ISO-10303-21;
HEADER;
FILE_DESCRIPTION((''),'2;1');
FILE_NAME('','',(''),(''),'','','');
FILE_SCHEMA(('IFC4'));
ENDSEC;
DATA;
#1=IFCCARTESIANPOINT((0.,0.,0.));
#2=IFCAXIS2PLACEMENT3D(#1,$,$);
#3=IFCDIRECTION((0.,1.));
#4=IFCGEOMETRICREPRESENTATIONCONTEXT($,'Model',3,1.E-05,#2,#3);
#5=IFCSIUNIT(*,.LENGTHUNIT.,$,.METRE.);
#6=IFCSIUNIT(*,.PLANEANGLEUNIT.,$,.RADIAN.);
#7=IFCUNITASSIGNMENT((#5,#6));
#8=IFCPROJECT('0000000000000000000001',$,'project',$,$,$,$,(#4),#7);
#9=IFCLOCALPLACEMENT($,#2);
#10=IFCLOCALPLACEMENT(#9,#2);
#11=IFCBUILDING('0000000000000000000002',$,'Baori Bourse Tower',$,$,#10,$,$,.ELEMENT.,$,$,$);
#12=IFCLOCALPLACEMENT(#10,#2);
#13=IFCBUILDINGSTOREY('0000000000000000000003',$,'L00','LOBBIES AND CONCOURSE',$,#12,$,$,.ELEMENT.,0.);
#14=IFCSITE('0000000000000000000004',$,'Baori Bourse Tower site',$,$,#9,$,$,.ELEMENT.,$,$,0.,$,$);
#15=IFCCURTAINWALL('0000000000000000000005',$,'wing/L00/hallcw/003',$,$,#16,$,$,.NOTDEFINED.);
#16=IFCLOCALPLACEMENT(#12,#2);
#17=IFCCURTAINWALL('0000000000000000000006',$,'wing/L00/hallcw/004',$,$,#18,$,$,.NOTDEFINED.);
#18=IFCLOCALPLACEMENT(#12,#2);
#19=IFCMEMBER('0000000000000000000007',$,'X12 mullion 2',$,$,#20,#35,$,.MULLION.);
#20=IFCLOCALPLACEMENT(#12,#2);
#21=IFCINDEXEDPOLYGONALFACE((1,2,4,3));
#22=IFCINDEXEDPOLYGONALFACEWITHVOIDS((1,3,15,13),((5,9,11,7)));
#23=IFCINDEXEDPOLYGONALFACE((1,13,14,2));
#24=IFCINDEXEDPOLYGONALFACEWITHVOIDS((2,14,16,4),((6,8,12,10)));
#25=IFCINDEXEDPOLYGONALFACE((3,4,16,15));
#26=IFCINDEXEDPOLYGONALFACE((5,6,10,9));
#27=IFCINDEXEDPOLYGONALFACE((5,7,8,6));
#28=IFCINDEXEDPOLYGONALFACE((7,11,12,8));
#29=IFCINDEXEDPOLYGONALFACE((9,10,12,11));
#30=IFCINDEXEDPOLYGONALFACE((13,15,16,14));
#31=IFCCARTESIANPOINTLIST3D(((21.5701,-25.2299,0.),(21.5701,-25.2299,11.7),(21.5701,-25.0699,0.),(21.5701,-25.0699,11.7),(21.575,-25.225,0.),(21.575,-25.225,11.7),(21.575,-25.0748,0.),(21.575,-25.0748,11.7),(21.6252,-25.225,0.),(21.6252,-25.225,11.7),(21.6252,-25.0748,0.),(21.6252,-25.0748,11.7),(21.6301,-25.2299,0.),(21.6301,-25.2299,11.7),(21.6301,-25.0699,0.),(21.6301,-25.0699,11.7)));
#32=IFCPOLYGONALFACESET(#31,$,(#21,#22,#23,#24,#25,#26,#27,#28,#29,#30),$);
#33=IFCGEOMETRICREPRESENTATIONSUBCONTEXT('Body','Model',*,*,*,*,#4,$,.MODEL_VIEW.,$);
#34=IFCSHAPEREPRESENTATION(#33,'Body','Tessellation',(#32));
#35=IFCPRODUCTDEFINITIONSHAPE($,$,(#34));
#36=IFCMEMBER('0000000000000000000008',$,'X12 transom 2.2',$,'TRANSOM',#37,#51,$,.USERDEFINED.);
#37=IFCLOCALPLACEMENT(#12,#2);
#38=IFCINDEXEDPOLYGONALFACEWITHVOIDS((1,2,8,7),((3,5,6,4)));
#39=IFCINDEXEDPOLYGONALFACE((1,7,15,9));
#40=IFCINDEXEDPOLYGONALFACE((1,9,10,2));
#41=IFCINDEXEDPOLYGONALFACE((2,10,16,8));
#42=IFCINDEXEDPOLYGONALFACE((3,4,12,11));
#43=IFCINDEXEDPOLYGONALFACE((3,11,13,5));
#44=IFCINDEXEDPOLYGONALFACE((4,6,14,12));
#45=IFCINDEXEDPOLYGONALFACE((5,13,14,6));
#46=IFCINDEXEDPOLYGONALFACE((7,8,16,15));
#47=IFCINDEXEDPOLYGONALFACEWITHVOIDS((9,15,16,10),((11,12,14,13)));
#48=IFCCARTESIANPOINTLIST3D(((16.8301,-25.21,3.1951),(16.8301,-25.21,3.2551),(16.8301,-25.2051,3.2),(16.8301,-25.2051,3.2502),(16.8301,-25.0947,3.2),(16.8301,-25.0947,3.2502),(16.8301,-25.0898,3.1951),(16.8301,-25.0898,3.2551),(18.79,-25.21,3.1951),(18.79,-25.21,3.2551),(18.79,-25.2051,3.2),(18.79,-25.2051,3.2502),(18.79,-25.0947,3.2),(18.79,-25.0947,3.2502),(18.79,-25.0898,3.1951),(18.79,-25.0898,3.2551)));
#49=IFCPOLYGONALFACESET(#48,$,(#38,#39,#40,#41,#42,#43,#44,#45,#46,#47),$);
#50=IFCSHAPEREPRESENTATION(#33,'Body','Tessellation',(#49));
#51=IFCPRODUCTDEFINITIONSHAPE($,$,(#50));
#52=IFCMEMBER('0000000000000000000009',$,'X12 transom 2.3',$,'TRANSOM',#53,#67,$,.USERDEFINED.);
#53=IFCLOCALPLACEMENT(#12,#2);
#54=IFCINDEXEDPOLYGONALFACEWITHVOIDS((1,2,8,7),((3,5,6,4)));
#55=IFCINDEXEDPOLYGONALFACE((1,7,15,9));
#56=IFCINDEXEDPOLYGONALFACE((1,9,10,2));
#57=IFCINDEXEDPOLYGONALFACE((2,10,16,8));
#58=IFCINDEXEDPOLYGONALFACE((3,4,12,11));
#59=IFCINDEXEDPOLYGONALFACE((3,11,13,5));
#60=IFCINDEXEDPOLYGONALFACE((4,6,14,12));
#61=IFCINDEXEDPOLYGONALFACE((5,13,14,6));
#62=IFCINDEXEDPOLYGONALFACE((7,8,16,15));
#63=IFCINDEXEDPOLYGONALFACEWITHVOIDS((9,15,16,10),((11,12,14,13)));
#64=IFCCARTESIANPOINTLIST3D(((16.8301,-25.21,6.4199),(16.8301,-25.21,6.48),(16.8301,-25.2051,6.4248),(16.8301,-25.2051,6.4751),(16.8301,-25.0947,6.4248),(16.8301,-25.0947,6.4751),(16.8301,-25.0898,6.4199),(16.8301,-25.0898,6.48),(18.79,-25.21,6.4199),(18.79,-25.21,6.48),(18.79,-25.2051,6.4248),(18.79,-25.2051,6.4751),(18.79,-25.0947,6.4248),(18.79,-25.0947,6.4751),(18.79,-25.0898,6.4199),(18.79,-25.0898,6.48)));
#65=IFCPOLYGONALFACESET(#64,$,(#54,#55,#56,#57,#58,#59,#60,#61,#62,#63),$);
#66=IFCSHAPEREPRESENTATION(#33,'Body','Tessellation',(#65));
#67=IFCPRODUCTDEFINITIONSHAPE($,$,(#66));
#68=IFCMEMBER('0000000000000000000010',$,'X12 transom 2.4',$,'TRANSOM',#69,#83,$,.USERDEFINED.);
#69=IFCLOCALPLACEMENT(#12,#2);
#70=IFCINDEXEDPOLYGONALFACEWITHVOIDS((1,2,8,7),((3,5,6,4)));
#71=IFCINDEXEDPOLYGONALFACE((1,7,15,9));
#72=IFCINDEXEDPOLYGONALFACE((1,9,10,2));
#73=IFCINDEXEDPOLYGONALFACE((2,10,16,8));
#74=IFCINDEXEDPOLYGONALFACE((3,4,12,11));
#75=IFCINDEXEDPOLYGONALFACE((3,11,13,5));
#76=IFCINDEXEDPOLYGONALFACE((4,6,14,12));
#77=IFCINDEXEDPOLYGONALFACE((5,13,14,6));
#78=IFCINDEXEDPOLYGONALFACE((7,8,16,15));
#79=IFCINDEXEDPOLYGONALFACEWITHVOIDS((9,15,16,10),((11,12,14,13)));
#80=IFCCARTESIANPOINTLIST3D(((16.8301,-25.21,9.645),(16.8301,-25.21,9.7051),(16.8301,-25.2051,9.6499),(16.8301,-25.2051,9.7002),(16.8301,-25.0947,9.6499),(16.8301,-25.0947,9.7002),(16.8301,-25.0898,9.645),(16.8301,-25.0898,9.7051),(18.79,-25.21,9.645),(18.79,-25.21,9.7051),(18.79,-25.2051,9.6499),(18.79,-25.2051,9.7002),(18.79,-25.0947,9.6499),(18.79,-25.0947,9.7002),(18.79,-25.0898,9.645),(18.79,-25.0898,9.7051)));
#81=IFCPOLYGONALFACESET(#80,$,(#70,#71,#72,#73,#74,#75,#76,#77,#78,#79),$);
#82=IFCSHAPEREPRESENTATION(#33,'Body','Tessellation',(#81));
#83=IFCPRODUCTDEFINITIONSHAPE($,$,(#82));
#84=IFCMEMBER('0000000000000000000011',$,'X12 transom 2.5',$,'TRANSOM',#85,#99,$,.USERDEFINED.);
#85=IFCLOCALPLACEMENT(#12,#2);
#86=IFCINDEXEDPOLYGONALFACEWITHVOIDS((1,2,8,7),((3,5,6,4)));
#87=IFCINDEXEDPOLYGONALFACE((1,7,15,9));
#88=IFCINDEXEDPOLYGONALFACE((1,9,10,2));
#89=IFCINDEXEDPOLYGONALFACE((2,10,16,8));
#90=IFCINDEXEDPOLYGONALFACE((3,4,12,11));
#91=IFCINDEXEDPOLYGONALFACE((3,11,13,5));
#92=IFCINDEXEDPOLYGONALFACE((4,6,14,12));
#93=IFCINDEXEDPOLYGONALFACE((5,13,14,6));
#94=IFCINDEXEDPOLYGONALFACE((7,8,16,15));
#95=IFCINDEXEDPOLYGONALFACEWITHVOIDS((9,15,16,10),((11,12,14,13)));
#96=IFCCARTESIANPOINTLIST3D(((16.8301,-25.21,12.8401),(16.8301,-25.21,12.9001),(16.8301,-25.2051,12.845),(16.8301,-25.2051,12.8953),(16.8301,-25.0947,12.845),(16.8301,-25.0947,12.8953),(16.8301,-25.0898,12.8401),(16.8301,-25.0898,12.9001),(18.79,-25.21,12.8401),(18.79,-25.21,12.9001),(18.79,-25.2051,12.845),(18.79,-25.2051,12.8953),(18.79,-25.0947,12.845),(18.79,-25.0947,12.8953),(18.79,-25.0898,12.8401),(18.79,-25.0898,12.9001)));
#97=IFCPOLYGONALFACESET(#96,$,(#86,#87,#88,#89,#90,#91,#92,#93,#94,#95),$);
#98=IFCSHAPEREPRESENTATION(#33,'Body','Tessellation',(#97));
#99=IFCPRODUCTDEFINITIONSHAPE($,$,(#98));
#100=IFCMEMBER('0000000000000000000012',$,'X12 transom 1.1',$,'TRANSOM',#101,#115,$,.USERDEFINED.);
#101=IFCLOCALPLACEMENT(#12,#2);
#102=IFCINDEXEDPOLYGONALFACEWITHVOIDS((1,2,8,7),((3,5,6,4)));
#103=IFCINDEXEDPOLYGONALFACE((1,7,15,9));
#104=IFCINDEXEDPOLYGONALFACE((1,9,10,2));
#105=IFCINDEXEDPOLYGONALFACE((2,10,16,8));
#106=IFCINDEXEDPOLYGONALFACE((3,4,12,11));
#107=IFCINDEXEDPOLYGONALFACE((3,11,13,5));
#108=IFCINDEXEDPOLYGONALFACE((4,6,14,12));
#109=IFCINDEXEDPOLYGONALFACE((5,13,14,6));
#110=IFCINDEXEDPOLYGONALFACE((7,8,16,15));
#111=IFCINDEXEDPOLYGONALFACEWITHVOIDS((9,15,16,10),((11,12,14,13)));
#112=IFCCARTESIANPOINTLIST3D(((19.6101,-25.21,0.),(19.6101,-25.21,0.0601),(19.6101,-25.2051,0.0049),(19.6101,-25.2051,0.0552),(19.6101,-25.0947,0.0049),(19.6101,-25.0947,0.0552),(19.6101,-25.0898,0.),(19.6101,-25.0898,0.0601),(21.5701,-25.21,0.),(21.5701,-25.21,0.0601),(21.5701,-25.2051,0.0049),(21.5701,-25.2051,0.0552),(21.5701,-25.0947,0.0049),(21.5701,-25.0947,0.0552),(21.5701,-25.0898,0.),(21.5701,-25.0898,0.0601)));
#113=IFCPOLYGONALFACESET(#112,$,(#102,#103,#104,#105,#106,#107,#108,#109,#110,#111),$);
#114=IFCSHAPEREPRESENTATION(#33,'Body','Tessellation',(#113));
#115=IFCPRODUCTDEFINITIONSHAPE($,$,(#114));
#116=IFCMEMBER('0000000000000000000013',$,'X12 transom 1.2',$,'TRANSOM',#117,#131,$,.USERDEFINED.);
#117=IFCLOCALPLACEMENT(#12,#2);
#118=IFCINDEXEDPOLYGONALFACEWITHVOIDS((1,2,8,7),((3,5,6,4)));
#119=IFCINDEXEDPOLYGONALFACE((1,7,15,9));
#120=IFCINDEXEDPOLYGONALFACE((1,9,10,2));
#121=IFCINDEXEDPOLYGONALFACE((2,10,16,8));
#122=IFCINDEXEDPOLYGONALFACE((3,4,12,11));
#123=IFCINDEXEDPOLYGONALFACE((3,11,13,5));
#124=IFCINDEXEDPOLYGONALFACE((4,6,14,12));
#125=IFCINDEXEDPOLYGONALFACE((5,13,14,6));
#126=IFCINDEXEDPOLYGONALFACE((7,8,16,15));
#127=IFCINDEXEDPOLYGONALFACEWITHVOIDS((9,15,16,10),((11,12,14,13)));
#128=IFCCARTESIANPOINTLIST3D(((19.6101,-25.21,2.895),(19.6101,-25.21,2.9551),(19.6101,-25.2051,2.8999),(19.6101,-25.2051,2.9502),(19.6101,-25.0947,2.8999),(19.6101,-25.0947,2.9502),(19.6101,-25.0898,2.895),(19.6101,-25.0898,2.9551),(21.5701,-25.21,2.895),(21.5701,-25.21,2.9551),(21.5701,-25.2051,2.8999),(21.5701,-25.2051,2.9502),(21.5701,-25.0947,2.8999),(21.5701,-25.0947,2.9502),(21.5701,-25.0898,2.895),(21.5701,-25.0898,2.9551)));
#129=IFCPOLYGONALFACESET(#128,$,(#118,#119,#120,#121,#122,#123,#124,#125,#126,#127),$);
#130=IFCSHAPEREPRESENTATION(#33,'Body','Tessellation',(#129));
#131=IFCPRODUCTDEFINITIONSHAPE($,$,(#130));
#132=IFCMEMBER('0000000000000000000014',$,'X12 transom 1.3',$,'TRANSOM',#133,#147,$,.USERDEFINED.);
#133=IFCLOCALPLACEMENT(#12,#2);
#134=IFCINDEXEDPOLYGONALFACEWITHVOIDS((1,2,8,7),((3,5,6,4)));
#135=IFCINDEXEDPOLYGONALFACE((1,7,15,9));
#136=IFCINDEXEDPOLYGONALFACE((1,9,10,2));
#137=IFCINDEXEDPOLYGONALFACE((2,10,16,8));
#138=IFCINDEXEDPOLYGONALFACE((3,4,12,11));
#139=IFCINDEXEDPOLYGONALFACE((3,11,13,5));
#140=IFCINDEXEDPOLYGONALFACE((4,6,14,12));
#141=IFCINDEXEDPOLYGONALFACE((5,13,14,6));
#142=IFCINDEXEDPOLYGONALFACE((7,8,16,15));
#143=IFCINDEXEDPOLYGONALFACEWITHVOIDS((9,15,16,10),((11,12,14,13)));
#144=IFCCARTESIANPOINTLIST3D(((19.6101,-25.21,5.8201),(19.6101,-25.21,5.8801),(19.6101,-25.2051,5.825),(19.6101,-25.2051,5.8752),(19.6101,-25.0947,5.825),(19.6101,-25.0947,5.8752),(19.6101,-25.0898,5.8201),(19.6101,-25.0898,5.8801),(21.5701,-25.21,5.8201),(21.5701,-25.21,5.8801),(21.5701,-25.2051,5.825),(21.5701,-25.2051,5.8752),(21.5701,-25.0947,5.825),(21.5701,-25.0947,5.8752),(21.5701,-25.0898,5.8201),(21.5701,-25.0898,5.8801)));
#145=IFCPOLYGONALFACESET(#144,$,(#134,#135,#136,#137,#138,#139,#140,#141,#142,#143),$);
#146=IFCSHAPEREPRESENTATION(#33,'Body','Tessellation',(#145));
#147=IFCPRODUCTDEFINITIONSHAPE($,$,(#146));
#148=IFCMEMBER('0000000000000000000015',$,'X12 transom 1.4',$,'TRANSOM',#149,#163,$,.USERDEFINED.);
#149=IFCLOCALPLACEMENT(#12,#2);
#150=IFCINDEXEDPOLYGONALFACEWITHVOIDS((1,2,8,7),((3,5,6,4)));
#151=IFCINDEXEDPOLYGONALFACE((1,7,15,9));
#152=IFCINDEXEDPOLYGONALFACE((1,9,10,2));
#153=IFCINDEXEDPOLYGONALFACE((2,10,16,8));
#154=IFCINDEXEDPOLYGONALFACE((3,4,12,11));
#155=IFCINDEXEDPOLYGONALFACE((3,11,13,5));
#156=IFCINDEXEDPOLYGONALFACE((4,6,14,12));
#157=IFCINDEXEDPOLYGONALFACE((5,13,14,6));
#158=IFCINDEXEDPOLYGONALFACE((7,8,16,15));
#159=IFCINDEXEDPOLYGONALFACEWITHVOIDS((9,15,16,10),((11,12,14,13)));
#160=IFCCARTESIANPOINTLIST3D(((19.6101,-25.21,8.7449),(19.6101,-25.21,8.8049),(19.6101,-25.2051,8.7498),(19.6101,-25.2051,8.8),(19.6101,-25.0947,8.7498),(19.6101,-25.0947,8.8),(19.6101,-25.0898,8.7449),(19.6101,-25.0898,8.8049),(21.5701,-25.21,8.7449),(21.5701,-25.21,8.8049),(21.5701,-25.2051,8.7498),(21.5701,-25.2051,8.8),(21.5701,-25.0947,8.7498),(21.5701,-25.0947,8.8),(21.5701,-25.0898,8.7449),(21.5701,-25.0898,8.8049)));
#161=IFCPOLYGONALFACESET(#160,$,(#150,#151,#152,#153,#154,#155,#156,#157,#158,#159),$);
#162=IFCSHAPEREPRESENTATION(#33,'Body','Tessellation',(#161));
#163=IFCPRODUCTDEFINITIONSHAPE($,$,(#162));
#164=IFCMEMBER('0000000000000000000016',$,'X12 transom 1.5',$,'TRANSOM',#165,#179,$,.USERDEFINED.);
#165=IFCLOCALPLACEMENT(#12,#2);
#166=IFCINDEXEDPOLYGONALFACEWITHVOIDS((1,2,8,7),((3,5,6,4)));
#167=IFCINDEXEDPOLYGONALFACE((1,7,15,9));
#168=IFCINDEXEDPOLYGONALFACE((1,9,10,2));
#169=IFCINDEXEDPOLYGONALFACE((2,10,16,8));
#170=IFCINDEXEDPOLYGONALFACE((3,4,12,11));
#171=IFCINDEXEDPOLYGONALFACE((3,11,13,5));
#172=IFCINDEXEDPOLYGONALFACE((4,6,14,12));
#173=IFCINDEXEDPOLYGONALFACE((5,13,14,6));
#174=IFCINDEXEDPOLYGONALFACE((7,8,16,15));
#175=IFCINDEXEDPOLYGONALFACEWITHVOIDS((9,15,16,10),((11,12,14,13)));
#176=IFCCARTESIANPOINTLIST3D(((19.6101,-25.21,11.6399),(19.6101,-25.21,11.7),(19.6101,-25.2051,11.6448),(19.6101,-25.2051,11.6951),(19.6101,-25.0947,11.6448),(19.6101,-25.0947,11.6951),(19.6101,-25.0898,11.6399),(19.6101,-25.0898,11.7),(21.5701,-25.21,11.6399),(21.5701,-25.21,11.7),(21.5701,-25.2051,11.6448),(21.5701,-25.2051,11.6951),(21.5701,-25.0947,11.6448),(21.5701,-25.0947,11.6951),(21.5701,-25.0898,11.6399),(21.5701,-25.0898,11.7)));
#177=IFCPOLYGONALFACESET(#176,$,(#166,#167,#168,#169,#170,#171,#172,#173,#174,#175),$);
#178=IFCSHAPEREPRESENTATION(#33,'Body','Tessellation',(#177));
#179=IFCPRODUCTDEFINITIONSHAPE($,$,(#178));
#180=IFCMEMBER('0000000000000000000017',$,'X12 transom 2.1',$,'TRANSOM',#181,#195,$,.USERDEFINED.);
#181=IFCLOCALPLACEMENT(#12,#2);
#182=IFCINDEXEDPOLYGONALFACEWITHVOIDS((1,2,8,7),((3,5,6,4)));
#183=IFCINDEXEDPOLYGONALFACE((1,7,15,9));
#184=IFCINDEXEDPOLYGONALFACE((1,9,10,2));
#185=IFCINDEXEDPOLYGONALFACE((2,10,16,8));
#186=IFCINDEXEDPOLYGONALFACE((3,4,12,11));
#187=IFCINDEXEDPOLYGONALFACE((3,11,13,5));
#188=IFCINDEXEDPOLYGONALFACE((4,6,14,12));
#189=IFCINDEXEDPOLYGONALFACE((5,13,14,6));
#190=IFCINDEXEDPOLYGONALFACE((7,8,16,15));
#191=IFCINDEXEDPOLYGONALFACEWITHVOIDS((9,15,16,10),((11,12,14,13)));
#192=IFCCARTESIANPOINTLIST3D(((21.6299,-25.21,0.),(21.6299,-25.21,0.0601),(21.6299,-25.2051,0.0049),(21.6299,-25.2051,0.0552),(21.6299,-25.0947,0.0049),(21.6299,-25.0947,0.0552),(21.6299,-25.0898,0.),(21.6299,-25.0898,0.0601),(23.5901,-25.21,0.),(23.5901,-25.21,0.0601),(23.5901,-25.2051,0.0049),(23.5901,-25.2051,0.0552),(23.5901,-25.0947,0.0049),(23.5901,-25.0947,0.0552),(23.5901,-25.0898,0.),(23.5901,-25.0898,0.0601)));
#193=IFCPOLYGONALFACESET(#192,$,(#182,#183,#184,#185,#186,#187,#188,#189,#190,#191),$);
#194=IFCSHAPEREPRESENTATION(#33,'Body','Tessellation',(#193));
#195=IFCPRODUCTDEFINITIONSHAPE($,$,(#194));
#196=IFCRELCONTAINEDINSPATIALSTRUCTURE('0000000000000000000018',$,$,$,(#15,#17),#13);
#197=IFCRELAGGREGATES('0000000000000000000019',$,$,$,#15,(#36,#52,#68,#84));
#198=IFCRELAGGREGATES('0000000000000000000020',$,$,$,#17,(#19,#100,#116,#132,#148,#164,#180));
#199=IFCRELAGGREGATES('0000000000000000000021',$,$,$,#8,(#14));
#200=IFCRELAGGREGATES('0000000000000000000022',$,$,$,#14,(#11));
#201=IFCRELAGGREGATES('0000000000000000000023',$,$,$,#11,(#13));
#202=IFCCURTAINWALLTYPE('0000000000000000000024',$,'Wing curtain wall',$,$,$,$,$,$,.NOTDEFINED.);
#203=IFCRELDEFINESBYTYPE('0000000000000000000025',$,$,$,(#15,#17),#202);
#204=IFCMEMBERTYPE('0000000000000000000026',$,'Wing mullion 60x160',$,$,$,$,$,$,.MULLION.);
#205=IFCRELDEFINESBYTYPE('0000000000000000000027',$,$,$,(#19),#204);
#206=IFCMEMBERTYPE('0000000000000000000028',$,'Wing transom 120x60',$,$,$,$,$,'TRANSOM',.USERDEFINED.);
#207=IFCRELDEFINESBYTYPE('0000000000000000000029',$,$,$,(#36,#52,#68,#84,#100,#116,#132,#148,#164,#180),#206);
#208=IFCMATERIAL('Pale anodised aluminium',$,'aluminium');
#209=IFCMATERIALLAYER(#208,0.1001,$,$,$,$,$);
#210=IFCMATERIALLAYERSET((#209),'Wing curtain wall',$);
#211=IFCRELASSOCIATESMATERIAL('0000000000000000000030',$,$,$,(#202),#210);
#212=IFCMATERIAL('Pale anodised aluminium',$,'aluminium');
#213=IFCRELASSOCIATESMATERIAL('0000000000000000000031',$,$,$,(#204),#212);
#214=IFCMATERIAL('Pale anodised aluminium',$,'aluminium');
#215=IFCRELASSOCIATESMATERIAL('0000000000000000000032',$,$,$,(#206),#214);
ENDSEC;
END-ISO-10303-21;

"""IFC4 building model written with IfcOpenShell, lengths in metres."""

from ifc_helpers import new_model, si_unit, direction, frame, origin, origin_2d, place, context, subcontext, project, spatial, hollow_rectangle, extrude, material, layer, layer_set, material_profile, profile_set, type_object, element, aggregate, save


model = new_model("IFC4")

# Units and contexts
model_context = context("Model", 3, precision=1e-05, world=origin(), true_north=direction((0.0, 1.0)))
body_context = subcontext(model_context, "Body", "Model", "MODEL_VIEW")
ifc_project = project(units=[si_unit("LENGTHUNIT", "METRE"), si_unit("PLANEANGLEUNIT", "RADIAN")], contexts=[model_context])

# Site, building, storey
site_placement = place(None, origin())
site = spatial("IfcSite", under=ifc_project, at=site_placement, Name="Baori Bourse Tower site", CompositionType="ELEMENT", RefElevation=0.0)
building_placement = place(site_placement, origin())
building = spatial("IfcBuilding", under=site, at=building_placement, Name="Baori Bourse Tower", CompositionType="ELEMENT")
storey_placement = place(building_placement, origin())
storey = spatial("IfcBuildingStorey", under=building, at=storey_placement, Name="L00", Description="LOBBIES AND CONCOURSE", CompositionType="ELEMENT", Elevation=0.0)

# Curtain wall
ifc_material_1 = material(Name="Pale anodised aluminium", Category="aluminium")
ifc_layer_1 = layer(ifc_material_1, 0.1001)
ifc_layer_set_1 = layer_set([ifc_layer_1], Name="Wing curtain wall")
curtain_wall_type = type_object("IfcCurtainWallType", Name="Wing curtain wall", PredefinedType="NOTDEFINED", material=ifc_layer_set_1)
curtain_wall_1_placement = place(storey_placement, origin())
curtain_wall_1 = element("IfcCurtainWall", 1, at=curtain_wall_1_placement, inside=storey, type_object=curtain_wall_type, Name="wing/L00/hallcw/003", PredefinedType="NOTDEFINED")
ifc_material_2 = material(Name="Pale anodised aluminium", Category="aluminium")
ifc_material_profile_1 = material_profile(ifc_material_2, hollow_rectangle(XDim=0.1599, YDim=0.0601, WallThickness=0.0049, at=origin_2d()), Name="Mullion 160x60x5")
ifc_profile_set_1 = profile_set([ifc_material_profile_1], Name="Pale anodised aluminium")
member_type_1 = type_object("IfcMemberType", Name="Wing mullion 60x160", PredefinedType="MULLION", material=ifc_profile_set_1)

# Curtain wall, member
curtain_wall_2_placement = place(storey_placement, origin())
curtain_wall_2 = element("IfcCurtainWall", 2, at=curtain_wall_2_placement, inside=storey, type_object=curtain_wall_type, Name="wing/L00/hallcw/004", PredefinedType="NOTDEFINED")
member_1_placement = place(storey_placement, frame((21.6001, -25.1499, 0.0), z_axis=(0.0, 0.0, 1.0), x_axis=(0.0, 1.0, 0.0)))
member_1 = element("IfcMember", 3, at=member_1_placement, type_object=member_type_1, Name="X12 mullion 2", PredefinedType="MULLION", context=body_context, shape_type="SweptSolid", body=[
    extrude(hollow_rectangle(XDim=0.1599, YDim=0.0601, WallThickness=0.0049, at=origin_2d()), origin(), (0.0, 0.0, 1.0), 11.7),
])

# Members
ifc_material_3 = material(Name="Pale anodised aluminium", Category="aluminium")
ifc_material_profile_2 = material_profile(ifc_material_3, hollow_rectangle(XDim=0.1201, YDim=0.0601, WallThickness=0.0049, at=origin_2d()), Name="Transom 120x60x5")
ifc_profile_set_2 = profile_set([ifc_material_profile_2], Name="Pale anodised aluminium")
member_type_2 = type_object("IfcMemberType", Name="Wing transom 120x60", ElementType="TRANSOM", PredefinedType="USERDEFINED", material=ifc_profile_set_2)
member_2_placement = place(storey_placement, frame((16.8301, -25.1499, 3.2251), z_axis=(1.0, 0.0, 0.0), x_axis=(0.0, 1.0, 0.0)))
member_2 = element("IfcMember", 4, at=member_2_placement, type_object=member_type_2, Name="X12 transom 2.2", ObjectType="TRANSOM", PredefinedType="USERDEFINED", context=body_context, shape_type="SweptSolid", body=[
    extrude(hollow_rectangle(XDim=0.1201, YDim=0.0601, WallThickness=0.0049, at=origin_2d()), origin(), (0.0, 0.0, 1.0), 1.96),
])
member_3_placement = place(storey_placement, frame((16.8301, -25.1499, 6.45), z_axis=(1.0, 0.0, 0.0), x_axis=(0.0, 1.0, 0.0)))
member_3 = element("IfcMember", 5, at=member_3_placement, type_object=member_type_2, Name="X12 transom 2.3", ObjectType="TRANSOM", PredefinedType="USERDEFINED", context=body_context, shape_type="SweptSolid", body=[
    extrude(hollow_rectangle(XDim=0.1201, YDim=0.0601, WallThickness=0.0049, at=origin_2d()), origin(), (0.0, 0.0, 1.0), 1.96),
])
member_4_placement = place(storey_placement, frame((16.8301, -25.1499, 9.675), z_axis=(1.0, 0.0, 0.0), x_axis=(0.0, 1.0, 0.0)))
member_4 = element("IfcMember", 6, at=member_4_placement, type_object=member_type_2, Name="X12 transom 2.4", ObjectType="TRANSOM", PredefinedType="USERDEFINED", context=body_context, shape_type="SweptSolid", body=[
    extrude(hollow_rectangle(XDim=0.1201, YDim=0.0601, WallThickness=0.0049, at=origin_2d()), origin(), (0.0, 0.0, 1.0), 1.96),
])
member_5_placement = place(storey_placement, frame((16.8301, -25.1499, 12.8701), z_axis=(1.0, 0.0, 0.0), x_axis=(0.0, 1.0, 0.0)))
member_5 = element("IfcMember", 7, at=member_5_placement, type_object=member_type_2, Name="X12 transom 2.5", ObjectType="TRANSOM", PredefinedType="USERDEFINED", context=body_context, shape_type="SweptSolid", body=[
    extrude(hollow_rectangle(XDim=0.1201, YDim=0.0601, WallThickness=0.0049, at=origin_2d()), origin(), (0.0, 0.0, 1.0), 1.96),
])
member_6_placement = place(storey_placement, frame((19.6101, -25.1499, 0.03), z_axis=(1.0, 0.0, 0.0), x_axis=(0.0, 1.0, 0.0)))
member_6 = element("IfcMember", 8, at=member_6_placement, type_object=member_type_2, Name="X12 transom 1.1", ObjectType="TRANSOM", PredefinedType="USERDEFINED", context=body_context, shape_type="SweptSolid", body=[
    extrude(hollow_rectangle(XDim=0.1201, YDim=0.0601, WallThickness=0.0049, at=origin_2d()), origin(), (0.0, 0.0, 1.0), 1.96),
])
member_7_placement = place(storey_placement, frame((19.6101, -25.1499, 2.925), z_axis=(1.0, 0.0, 0.0), x_axis=(0.0, 1.0, 0.0)))
member_7 = element("IfcMember", 9, at=member_7_placement, type_object=member_type_2, Name="X12 transom 1.2", ObjectType="TRANSOM", PredefinedType="USERDEFINED", context=body_context, shape_type="SweptSolid", body=[
    extrude(hollow_rectangle(XDim=0.1201, YDim=0.0601, WallThickness=0.0049, at=origin_2d()), origin(), (0.0, 0.0, 1.0), 1.96),
])
member_8_placement = place(storey_placement, frame((19.6101, -25.1499, 5.8501), z_axis=(1.0, 0.0, 0.0), x_axis=(0.0, 1.0, 0.0)))
member_8 = element("IfcMember", 10, at=member_8_placement, type_object=member_type_2, Name="X12 transom 1.3", ObjectType="TRANSOM", PredefinedType="USERDEFINED", context=body_context, shape_type="SweptSolid", body=[
    extrude(hollow_rectangle(XDim=0.1201, YDim=0.0601, WallThickness=0.0049, at=origin_2d()), origin(), (0.0, 0.0, 1.0), 1.96),
])
member_9_placement = place(storey_placement, frame((19.6101, -25.1499, 8.7749), z_axis=(1.0, 0.0, 0.0), x_axis=(0.0, 1.0, 0.0)))
member_9 = element("IfcMember", 11, at=member_9_placement, type_object=member_type_2, Name="X12 transom 1.4", ObjectType="TRANSOM", PredefinedType="USERDEFINED", context=body_context, shape_type="SweptSolid", body=[
    extrude(hollow_rectangle(XDim=0.1201, YDim=0.0601, WallThickness=0.0049, at=origin_2d()), origin(), (0.0, 0.0, 1.0), 1.96),
])
member_10_placement = place(storey_placement, frame((19.6101, -25.1499, 11.6699), z_axis=(1.0, 0.0, 0.0), x_axis=(0.0, 1.0, 0.0)))
member_10 = element("IfcMember", 12, at=member_10_placement, type_object=member_type_2, Name="X12 transom 1.5", ObjectType="TRANSOM", PredefinedType="USERDEFINED", context=body_context, shape_type="SweptSolid", body=[
    extrude(hollow_rectangle(XDim=0.1201, YDim=0.0601, WallThickness=0.0049, at=origin_2d()), origin(), (0.0, 0.0, 1.0), 1.96),
])
member_11_placement = place(storey_placement, frame((21.6299, -25.1499, 0.03), z_axis=(1.0, 0.0, 0.0), x_axis=(0.0, 1.0, 0.0)))
member_11 = element("IfcMember", 13, at=member_11_placement, type_object=member_type_2, Name="X12 transom 2.1", ObjectType="TRANSOM", PredefinedType="USERDEFINED", context=body_context, shape_type="SweptSolid", body=[
    extrude(hollow_rectangle(XDim=0.1201, YDim=0.0601, WallThickness=0.0049, at=origin_2d()), origin(), (0.0, 0.0, 1.0), 1.9602),
])

aggregate(curtain_wall_1, [member_2, member_3, member_4, member_5])
aggregate(curtain_wall_2, [member_1, member_6, member_7, member_8, member_9, member_10, member_11])

save(model, "model.ifc")
